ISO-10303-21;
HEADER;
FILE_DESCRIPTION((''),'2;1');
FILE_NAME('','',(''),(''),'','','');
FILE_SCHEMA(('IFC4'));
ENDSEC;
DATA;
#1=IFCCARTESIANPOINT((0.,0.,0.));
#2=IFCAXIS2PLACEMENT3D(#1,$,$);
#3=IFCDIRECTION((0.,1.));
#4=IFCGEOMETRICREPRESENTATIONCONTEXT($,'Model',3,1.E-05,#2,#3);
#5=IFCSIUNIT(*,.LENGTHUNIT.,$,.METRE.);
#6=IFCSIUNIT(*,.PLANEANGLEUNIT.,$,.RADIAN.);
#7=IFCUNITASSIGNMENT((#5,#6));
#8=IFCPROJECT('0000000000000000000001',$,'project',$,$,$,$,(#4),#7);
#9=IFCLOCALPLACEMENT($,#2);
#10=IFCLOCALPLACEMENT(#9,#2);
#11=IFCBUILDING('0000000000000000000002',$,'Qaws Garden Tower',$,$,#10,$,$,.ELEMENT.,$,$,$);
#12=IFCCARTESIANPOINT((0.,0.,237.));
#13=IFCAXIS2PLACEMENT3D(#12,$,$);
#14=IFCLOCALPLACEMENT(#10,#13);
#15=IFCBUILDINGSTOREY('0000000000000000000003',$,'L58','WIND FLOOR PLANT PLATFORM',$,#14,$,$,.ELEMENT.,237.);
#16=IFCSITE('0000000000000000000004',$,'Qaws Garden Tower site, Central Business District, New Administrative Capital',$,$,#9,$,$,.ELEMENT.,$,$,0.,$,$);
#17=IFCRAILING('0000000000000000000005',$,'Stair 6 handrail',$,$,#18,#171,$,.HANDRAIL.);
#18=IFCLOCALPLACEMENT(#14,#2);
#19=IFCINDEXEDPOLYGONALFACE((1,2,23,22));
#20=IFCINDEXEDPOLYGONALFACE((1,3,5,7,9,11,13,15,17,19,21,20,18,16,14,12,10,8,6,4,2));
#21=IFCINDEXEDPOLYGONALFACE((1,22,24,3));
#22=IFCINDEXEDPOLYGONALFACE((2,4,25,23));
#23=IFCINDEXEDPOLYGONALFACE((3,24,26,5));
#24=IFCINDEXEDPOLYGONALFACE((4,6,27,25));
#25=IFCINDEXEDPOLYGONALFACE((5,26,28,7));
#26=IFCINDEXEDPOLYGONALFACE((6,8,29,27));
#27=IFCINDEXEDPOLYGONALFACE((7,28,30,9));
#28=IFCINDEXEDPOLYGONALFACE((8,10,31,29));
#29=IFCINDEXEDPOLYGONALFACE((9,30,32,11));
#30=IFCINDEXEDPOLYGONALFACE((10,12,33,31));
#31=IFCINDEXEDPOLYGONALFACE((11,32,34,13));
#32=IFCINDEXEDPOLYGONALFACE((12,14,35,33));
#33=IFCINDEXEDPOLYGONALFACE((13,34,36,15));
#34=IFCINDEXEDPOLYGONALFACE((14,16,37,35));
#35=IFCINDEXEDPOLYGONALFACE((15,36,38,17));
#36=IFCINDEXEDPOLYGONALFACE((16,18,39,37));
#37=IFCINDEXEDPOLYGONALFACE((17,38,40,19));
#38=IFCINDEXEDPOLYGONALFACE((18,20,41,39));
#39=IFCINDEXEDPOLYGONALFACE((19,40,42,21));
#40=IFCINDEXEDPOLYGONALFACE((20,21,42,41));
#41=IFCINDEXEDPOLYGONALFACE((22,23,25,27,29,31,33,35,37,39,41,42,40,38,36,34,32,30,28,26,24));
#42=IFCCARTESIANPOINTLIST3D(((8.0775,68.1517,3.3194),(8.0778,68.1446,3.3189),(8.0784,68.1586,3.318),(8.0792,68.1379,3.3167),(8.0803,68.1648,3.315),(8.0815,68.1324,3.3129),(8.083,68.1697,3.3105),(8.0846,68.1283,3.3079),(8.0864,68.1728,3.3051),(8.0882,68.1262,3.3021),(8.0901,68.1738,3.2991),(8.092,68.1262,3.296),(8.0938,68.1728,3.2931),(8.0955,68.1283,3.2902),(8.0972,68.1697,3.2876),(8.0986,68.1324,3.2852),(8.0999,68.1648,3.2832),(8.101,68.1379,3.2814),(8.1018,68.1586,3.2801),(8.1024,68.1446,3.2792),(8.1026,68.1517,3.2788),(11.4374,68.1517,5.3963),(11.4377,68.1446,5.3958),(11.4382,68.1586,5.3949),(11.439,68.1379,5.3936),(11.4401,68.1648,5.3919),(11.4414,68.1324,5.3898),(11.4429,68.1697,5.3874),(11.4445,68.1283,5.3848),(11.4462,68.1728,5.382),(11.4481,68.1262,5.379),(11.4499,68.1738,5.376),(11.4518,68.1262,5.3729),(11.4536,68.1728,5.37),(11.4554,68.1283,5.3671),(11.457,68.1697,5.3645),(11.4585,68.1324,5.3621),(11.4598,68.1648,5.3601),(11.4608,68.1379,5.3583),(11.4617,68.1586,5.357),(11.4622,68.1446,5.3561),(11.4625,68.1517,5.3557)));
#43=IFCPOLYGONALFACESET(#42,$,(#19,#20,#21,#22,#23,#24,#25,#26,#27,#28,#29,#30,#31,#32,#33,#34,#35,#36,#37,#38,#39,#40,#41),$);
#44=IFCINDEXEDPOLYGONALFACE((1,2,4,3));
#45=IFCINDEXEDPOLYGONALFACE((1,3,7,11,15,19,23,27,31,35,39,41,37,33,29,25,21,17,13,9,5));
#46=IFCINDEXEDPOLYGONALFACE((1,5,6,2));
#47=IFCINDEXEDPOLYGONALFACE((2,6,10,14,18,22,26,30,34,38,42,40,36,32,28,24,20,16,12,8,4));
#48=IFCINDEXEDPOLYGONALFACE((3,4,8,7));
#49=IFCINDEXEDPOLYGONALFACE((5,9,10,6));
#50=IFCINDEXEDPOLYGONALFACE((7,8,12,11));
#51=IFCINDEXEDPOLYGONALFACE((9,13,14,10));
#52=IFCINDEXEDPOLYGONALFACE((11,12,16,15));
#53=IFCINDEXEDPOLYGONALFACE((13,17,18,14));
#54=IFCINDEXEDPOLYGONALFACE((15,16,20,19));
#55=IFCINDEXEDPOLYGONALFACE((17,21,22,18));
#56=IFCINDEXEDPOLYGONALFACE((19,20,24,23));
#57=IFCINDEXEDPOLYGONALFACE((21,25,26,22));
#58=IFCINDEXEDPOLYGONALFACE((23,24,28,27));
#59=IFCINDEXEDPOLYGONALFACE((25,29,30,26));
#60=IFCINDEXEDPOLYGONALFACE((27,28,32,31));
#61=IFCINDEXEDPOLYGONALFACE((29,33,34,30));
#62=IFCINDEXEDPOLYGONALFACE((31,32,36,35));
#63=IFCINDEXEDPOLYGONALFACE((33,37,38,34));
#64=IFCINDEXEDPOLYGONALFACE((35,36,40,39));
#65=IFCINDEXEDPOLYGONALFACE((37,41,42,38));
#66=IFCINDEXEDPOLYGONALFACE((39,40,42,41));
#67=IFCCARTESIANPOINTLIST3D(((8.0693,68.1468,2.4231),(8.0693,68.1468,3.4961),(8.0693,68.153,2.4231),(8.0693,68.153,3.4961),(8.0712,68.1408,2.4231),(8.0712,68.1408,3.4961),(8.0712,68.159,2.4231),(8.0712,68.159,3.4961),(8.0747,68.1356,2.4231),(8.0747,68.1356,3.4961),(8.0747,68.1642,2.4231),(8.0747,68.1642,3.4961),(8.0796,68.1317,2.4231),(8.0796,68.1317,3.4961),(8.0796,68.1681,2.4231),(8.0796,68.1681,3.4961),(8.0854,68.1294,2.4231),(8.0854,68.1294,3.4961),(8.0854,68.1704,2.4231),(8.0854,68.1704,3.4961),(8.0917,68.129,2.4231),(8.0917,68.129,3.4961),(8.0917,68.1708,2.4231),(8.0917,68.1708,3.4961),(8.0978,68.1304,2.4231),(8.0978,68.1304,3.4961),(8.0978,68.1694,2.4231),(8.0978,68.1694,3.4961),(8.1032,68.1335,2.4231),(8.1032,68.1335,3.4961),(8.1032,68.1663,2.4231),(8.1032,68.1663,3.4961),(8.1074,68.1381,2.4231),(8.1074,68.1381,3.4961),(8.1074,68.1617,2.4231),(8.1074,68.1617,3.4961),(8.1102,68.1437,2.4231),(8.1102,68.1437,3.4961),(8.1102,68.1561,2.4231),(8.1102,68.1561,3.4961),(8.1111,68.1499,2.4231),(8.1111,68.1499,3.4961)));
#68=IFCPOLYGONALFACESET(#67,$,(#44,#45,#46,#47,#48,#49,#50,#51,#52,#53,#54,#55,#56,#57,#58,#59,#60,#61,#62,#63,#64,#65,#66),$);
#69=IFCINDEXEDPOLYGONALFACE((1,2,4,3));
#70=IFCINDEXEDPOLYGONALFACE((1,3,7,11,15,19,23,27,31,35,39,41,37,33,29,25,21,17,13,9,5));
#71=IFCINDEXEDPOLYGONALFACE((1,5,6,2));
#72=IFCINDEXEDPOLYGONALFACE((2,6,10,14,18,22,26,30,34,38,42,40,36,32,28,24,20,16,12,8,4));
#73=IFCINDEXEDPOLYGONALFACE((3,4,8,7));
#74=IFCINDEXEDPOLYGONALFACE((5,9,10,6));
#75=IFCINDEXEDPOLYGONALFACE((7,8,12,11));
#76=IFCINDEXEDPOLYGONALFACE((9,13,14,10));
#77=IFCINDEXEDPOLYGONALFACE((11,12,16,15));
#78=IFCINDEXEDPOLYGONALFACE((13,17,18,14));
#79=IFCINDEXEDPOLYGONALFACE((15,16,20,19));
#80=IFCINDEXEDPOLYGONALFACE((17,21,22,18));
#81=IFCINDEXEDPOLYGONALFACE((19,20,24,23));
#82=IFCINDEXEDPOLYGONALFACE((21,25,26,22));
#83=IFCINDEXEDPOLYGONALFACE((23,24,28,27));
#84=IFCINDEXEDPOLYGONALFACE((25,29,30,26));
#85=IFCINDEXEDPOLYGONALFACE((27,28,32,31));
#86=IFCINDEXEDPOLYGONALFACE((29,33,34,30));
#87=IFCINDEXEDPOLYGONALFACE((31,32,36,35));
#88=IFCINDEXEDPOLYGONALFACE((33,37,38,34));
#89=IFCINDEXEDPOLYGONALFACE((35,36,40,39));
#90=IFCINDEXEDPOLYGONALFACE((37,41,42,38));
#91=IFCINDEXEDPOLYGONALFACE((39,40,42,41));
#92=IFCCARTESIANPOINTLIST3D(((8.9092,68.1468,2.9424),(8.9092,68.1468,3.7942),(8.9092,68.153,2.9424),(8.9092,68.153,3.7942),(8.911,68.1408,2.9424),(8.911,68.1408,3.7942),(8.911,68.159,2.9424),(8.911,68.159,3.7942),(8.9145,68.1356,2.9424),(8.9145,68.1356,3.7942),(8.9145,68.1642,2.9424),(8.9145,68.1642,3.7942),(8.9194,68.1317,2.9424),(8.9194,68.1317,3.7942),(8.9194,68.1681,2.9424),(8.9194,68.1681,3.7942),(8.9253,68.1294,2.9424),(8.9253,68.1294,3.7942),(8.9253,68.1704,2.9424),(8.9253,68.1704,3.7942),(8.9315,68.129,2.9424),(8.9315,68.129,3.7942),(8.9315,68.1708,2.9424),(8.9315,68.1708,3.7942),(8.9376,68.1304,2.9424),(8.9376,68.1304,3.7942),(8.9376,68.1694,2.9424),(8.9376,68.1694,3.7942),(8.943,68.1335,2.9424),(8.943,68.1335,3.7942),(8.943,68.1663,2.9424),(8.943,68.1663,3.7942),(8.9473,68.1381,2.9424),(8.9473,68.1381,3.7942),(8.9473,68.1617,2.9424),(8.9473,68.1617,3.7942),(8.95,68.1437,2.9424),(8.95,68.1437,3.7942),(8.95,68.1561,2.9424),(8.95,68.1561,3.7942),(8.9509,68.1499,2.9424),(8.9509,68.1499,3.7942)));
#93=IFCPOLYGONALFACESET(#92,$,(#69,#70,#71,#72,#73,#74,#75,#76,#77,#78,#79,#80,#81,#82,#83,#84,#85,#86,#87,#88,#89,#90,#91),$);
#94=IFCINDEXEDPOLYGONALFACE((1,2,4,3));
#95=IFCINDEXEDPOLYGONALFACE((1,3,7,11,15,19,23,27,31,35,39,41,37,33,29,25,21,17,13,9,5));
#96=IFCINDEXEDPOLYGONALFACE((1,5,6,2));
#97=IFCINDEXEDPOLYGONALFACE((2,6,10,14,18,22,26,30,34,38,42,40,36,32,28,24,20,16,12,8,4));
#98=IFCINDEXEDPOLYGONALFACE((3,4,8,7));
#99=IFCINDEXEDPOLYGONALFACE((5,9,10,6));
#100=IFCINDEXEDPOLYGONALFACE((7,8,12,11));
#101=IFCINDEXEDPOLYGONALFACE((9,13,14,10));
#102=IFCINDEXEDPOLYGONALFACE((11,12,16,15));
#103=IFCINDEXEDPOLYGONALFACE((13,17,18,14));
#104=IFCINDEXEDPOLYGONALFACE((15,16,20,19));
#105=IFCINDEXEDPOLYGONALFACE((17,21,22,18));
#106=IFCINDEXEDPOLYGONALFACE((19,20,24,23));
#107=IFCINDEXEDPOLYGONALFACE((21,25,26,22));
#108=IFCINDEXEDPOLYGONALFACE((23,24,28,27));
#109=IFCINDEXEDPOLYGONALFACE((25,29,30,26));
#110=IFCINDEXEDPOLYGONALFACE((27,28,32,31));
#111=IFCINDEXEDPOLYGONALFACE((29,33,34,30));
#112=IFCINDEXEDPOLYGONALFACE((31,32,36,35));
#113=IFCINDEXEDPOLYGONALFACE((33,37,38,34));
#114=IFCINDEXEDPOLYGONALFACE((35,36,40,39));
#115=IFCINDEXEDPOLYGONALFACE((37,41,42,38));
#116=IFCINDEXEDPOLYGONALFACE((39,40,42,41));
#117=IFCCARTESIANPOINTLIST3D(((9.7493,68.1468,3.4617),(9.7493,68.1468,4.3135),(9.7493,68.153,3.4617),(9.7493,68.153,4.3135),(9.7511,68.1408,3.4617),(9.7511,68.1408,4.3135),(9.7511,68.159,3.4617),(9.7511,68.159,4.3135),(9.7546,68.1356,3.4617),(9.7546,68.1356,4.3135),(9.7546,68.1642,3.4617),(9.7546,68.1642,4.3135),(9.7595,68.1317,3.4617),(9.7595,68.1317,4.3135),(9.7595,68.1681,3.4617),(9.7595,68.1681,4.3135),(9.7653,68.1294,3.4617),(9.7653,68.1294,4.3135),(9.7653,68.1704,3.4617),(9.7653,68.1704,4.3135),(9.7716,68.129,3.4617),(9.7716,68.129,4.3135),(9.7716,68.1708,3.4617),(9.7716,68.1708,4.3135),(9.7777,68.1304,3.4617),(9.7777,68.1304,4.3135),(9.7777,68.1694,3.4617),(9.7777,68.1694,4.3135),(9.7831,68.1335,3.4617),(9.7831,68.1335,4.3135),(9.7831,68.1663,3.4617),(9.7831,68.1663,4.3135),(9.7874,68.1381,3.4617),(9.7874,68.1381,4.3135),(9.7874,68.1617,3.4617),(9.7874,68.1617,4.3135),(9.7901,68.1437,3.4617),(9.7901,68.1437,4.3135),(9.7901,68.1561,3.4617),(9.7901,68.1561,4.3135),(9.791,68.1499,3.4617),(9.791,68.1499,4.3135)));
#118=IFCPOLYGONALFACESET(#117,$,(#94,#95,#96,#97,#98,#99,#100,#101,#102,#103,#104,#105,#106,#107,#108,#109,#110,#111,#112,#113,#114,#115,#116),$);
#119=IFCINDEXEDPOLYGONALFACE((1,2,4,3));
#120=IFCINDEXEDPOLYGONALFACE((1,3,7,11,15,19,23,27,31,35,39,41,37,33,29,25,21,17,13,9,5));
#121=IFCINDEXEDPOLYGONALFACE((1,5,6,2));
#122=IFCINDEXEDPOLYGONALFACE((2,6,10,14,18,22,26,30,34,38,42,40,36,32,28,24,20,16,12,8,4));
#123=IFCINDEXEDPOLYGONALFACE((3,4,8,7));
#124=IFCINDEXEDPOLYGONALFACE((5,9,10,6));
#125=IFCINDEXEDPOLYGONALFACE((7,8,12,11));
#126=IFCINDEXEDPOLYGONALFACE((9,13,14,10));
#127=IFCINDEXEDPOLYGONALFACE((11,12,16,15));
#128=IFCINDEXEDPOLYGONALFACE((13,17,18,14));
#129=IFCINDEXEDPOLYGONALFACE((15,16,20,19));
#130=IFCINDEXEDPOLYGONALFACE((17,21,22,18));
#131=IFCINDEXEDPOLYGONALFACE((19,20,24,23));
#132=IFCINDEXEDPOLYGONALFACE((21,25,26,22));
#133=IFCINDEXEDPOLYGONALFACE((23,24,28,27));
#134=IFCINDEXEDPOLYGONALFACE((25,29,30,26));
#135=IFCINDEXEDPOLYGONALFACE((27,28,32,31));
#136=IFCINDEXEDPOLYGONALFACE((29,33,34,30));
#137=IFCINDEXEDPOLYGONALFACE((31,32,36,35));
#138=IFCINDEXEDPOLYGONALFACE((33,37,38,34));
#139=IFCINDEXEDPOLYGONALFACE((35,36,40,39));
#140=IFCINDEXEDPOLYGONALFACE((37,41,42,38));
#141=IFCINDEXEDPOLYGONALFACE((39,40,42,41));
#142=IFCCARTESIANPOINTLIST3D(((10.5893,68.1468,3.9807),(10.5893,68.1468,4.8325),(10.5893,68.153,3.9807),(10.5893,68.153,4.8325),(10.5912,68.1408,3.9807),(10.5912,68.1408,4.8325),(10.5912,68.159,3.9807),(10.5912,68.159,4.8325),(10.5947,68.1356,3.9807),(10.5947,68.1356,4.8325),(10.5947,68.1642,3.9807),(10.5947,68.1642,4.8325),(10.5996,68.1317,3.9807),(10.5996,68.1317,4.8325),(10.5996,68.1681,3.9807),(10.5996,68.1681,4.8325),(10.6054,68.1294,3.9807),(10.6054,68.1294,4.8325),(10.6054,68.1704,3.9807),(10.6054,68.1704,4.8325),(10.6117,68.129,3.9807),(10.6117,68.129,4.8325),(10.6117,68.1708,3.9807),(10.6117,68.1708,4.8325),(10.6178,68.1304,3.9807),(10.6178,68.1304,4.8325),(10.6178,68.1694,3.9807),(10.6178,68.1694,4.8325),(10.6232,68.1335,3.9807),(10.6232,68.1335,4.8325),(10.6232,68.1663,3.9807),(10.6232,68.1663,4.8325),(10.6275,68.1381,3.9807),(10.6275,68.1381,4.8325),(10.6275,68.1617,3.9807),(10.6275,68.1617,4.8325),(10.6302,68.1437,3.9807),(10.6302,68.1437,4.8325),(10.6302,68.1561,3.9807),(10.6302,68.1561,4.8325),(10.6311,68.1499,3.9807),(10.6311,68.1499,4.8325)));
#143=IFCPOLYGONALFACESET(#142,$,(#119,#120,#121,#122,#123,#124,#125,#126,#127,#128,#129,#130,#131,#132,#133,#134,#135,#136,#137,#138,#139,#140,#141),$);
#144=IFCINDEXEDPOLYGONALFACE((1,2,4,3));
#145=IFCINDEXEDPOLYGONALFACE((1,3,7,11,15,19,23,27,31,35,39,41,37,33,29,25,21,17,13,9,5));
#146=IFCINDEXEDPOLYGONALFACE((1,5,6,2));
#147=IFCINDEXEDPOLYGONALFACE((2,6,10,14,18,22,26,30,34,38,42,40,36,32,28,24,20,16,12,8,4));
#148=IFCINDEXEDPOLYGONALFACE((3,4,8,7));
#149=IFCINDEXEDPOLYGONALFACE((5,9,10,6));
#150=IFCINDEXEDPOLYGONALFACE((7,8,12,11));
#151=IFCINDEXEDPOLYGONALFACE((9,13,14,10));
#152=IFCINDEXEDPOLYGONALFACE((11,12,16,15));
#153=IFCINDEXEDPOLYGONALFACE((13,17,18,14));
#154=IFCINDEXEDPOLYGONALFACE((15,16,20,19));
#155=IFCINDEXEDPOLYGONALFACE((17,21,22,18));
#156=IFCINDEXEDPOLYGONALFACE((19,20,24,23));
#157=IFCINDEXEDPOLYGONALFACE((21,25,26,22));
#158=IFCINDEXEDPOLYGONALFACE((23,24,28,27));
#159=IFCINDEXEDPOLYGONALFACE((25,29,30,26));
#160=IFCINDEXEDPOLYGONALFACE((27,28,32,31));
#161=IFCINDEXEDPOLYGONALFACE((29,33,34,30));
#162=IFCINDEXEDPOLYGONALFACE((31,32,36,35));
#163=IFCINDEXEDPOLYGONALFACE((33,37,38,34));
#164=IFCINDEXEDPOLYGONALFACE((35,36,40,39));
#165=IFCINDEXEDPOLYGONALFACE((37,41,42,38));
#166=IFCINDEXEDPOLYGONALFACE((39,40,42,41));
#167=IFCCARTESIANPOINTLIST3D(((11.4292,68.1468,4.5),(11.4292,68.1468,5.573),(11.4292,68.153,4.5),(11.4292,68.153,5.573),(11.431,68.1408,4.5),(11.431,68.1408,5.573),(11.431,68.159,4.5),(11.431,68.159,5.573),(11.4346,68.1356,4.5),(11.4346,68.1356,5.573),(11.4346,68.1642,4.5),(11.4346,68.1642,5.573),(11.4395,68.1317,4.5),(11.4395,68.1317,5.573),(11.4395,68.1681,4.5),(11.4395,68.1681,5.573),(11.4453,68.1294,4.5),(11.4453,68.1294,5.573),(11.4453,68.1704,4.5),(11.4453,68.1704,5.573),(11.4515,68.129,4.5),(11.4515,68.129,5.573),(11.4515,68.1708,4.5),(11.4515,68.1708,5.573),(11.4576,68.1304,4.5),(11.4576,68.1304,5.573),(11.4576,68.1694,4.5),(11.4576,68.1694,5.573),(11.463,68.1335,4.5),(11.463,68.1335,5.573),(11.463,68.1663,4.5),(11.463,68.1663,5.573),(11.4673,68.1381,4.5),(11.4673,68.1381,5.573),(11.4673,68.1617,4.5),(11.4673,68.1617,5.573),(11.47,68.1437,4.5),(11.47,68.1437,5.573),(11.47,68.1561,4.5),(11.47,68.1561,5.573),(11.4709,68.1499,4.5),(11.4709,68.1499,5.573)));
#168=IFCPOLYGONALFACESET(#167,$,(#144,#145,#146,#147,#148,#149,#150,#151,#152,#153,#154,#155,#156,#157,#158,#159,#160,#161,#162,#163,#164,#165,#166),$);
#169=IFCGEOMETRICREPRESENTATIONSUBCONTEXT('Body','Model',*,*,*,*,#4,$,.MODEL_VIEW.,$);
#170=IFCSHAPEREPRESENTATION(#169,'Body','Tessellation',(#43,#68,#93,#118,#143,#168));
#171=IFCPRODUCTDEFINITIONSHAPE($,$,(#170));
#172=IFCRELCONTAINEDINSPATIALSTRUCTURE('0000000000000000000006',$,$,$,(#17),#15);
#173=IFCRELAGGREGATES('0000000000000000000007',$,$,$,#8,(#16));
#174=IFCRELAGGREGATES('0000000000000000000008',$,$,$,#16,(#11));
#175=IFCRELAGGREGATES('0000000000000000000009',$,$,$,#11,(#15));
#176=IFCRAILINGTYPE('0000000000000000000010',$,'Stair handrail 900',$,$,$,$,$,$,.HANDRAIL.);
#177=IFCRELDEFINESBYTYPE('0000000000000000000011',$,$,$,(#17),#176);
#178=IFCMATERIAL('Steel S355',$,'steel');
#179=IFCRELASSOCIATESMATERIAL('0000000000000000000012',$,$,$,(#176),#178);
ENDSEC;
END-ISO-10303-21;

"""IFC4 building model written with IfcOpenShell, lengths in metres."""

from ifc_helpers import new_model, si_unit, direction, frame, origin, origin_2d, place, context, subcontext, project, spatial, circle, extrude, material, type_object, element, save


model = new_model("IFC4")

# Units and contexts
model_context = context("Model", 3, precision=1e-05, world=origin(), true_north=direction((0.0, 1.0)))
body_context = subcontext(model_context, "Body", "Model", "MODEL_VIEW")
ifc_project = project(units=[si_unit("LENGTHUNIT", "METRE"), si_unit("PLANEANGLEUNIT", "RADIAN")], contexts=[model_context])

# Site, building, storey
site_placement = place(None, origin())
site = spatial("IfcSite", under=ifc_project, at=site_placement, Name="Qaws Garden Tower site, Central Business District, New Administrative Capital", CompositionType="ELEMENT", RefElevation=0.0)
building_placement = place(site_placement, origin())
building = spatial("IfcBuilding", under=site, at=building_placement, Name="Qaws Garden Tower", CompositionType="ELEMENT")
storey_placement = place(building_placement, frame((0.0, 0.0, 237.0)))
storey = spatial("IfcBuildingStorey", under=building, at=storey_placement, Name="L58", Description="WIND FLOOR PLANT PLATFORM", CompositionType="ELEMENT", Elevation=237.0)

# Railing
ifc_material_1 = material(Name="Steel S355", Category="steel")
railing_type_1 = type_object("IfcRailingType", Name="Stair handrail 900", PredefinedType="HANDRAIL", material=ifc_material_1)
railing_1_placement = place(storey_placement, frame((8.0901, 68.1499, 2.4231)))
element("IfcRailing", 1, at=railing_1_placement, inside=storey, type_object=railing_type_1, Name="Stair 6 handrail", PredefinedType="HANDRAIL", context=body_context, shape_type="SweptSolid", body=[
    extrude(circle(Radius=0.0239, at=origin_2d()), frame((0.0, 0.0, 0.876), z_axis=(0.850606, 0.0, 0.525803), x_axis=(0.0, 1.0, 0.0)), (0.0, 0.0, 1.0), 3.95),
    extrude(circle(Radius=0.021, at=origin_2d()), origin(), (0.0, 0.0, 1.0), 1.073),
    extrude(circle(Radius=0.021, at=origin_2d()), frame((0.8398, 0.0, 0.5193)), (0.0, 0.0, 1.0), 0.8518),
    extrude(circle(Radius=0.021, at=origin_2d()), frame((1.6799, 0.0, 1.0386)), (0.0, 0.0, 1.0), 0.8518),
    extrude(circle(Radius=0.021, at=origin_2d()), frame((2.52, 0.0, 1.5576)), (0.0, 0.0, 1.0), 0.8518),
    extrude(circle(Radius=0.021, at=origin_2d()), frame((3.3599, 0.0, 2.0769)), (0.0, 0.0, 1.0), 1.073),
])

save(model, "model.ifc")
